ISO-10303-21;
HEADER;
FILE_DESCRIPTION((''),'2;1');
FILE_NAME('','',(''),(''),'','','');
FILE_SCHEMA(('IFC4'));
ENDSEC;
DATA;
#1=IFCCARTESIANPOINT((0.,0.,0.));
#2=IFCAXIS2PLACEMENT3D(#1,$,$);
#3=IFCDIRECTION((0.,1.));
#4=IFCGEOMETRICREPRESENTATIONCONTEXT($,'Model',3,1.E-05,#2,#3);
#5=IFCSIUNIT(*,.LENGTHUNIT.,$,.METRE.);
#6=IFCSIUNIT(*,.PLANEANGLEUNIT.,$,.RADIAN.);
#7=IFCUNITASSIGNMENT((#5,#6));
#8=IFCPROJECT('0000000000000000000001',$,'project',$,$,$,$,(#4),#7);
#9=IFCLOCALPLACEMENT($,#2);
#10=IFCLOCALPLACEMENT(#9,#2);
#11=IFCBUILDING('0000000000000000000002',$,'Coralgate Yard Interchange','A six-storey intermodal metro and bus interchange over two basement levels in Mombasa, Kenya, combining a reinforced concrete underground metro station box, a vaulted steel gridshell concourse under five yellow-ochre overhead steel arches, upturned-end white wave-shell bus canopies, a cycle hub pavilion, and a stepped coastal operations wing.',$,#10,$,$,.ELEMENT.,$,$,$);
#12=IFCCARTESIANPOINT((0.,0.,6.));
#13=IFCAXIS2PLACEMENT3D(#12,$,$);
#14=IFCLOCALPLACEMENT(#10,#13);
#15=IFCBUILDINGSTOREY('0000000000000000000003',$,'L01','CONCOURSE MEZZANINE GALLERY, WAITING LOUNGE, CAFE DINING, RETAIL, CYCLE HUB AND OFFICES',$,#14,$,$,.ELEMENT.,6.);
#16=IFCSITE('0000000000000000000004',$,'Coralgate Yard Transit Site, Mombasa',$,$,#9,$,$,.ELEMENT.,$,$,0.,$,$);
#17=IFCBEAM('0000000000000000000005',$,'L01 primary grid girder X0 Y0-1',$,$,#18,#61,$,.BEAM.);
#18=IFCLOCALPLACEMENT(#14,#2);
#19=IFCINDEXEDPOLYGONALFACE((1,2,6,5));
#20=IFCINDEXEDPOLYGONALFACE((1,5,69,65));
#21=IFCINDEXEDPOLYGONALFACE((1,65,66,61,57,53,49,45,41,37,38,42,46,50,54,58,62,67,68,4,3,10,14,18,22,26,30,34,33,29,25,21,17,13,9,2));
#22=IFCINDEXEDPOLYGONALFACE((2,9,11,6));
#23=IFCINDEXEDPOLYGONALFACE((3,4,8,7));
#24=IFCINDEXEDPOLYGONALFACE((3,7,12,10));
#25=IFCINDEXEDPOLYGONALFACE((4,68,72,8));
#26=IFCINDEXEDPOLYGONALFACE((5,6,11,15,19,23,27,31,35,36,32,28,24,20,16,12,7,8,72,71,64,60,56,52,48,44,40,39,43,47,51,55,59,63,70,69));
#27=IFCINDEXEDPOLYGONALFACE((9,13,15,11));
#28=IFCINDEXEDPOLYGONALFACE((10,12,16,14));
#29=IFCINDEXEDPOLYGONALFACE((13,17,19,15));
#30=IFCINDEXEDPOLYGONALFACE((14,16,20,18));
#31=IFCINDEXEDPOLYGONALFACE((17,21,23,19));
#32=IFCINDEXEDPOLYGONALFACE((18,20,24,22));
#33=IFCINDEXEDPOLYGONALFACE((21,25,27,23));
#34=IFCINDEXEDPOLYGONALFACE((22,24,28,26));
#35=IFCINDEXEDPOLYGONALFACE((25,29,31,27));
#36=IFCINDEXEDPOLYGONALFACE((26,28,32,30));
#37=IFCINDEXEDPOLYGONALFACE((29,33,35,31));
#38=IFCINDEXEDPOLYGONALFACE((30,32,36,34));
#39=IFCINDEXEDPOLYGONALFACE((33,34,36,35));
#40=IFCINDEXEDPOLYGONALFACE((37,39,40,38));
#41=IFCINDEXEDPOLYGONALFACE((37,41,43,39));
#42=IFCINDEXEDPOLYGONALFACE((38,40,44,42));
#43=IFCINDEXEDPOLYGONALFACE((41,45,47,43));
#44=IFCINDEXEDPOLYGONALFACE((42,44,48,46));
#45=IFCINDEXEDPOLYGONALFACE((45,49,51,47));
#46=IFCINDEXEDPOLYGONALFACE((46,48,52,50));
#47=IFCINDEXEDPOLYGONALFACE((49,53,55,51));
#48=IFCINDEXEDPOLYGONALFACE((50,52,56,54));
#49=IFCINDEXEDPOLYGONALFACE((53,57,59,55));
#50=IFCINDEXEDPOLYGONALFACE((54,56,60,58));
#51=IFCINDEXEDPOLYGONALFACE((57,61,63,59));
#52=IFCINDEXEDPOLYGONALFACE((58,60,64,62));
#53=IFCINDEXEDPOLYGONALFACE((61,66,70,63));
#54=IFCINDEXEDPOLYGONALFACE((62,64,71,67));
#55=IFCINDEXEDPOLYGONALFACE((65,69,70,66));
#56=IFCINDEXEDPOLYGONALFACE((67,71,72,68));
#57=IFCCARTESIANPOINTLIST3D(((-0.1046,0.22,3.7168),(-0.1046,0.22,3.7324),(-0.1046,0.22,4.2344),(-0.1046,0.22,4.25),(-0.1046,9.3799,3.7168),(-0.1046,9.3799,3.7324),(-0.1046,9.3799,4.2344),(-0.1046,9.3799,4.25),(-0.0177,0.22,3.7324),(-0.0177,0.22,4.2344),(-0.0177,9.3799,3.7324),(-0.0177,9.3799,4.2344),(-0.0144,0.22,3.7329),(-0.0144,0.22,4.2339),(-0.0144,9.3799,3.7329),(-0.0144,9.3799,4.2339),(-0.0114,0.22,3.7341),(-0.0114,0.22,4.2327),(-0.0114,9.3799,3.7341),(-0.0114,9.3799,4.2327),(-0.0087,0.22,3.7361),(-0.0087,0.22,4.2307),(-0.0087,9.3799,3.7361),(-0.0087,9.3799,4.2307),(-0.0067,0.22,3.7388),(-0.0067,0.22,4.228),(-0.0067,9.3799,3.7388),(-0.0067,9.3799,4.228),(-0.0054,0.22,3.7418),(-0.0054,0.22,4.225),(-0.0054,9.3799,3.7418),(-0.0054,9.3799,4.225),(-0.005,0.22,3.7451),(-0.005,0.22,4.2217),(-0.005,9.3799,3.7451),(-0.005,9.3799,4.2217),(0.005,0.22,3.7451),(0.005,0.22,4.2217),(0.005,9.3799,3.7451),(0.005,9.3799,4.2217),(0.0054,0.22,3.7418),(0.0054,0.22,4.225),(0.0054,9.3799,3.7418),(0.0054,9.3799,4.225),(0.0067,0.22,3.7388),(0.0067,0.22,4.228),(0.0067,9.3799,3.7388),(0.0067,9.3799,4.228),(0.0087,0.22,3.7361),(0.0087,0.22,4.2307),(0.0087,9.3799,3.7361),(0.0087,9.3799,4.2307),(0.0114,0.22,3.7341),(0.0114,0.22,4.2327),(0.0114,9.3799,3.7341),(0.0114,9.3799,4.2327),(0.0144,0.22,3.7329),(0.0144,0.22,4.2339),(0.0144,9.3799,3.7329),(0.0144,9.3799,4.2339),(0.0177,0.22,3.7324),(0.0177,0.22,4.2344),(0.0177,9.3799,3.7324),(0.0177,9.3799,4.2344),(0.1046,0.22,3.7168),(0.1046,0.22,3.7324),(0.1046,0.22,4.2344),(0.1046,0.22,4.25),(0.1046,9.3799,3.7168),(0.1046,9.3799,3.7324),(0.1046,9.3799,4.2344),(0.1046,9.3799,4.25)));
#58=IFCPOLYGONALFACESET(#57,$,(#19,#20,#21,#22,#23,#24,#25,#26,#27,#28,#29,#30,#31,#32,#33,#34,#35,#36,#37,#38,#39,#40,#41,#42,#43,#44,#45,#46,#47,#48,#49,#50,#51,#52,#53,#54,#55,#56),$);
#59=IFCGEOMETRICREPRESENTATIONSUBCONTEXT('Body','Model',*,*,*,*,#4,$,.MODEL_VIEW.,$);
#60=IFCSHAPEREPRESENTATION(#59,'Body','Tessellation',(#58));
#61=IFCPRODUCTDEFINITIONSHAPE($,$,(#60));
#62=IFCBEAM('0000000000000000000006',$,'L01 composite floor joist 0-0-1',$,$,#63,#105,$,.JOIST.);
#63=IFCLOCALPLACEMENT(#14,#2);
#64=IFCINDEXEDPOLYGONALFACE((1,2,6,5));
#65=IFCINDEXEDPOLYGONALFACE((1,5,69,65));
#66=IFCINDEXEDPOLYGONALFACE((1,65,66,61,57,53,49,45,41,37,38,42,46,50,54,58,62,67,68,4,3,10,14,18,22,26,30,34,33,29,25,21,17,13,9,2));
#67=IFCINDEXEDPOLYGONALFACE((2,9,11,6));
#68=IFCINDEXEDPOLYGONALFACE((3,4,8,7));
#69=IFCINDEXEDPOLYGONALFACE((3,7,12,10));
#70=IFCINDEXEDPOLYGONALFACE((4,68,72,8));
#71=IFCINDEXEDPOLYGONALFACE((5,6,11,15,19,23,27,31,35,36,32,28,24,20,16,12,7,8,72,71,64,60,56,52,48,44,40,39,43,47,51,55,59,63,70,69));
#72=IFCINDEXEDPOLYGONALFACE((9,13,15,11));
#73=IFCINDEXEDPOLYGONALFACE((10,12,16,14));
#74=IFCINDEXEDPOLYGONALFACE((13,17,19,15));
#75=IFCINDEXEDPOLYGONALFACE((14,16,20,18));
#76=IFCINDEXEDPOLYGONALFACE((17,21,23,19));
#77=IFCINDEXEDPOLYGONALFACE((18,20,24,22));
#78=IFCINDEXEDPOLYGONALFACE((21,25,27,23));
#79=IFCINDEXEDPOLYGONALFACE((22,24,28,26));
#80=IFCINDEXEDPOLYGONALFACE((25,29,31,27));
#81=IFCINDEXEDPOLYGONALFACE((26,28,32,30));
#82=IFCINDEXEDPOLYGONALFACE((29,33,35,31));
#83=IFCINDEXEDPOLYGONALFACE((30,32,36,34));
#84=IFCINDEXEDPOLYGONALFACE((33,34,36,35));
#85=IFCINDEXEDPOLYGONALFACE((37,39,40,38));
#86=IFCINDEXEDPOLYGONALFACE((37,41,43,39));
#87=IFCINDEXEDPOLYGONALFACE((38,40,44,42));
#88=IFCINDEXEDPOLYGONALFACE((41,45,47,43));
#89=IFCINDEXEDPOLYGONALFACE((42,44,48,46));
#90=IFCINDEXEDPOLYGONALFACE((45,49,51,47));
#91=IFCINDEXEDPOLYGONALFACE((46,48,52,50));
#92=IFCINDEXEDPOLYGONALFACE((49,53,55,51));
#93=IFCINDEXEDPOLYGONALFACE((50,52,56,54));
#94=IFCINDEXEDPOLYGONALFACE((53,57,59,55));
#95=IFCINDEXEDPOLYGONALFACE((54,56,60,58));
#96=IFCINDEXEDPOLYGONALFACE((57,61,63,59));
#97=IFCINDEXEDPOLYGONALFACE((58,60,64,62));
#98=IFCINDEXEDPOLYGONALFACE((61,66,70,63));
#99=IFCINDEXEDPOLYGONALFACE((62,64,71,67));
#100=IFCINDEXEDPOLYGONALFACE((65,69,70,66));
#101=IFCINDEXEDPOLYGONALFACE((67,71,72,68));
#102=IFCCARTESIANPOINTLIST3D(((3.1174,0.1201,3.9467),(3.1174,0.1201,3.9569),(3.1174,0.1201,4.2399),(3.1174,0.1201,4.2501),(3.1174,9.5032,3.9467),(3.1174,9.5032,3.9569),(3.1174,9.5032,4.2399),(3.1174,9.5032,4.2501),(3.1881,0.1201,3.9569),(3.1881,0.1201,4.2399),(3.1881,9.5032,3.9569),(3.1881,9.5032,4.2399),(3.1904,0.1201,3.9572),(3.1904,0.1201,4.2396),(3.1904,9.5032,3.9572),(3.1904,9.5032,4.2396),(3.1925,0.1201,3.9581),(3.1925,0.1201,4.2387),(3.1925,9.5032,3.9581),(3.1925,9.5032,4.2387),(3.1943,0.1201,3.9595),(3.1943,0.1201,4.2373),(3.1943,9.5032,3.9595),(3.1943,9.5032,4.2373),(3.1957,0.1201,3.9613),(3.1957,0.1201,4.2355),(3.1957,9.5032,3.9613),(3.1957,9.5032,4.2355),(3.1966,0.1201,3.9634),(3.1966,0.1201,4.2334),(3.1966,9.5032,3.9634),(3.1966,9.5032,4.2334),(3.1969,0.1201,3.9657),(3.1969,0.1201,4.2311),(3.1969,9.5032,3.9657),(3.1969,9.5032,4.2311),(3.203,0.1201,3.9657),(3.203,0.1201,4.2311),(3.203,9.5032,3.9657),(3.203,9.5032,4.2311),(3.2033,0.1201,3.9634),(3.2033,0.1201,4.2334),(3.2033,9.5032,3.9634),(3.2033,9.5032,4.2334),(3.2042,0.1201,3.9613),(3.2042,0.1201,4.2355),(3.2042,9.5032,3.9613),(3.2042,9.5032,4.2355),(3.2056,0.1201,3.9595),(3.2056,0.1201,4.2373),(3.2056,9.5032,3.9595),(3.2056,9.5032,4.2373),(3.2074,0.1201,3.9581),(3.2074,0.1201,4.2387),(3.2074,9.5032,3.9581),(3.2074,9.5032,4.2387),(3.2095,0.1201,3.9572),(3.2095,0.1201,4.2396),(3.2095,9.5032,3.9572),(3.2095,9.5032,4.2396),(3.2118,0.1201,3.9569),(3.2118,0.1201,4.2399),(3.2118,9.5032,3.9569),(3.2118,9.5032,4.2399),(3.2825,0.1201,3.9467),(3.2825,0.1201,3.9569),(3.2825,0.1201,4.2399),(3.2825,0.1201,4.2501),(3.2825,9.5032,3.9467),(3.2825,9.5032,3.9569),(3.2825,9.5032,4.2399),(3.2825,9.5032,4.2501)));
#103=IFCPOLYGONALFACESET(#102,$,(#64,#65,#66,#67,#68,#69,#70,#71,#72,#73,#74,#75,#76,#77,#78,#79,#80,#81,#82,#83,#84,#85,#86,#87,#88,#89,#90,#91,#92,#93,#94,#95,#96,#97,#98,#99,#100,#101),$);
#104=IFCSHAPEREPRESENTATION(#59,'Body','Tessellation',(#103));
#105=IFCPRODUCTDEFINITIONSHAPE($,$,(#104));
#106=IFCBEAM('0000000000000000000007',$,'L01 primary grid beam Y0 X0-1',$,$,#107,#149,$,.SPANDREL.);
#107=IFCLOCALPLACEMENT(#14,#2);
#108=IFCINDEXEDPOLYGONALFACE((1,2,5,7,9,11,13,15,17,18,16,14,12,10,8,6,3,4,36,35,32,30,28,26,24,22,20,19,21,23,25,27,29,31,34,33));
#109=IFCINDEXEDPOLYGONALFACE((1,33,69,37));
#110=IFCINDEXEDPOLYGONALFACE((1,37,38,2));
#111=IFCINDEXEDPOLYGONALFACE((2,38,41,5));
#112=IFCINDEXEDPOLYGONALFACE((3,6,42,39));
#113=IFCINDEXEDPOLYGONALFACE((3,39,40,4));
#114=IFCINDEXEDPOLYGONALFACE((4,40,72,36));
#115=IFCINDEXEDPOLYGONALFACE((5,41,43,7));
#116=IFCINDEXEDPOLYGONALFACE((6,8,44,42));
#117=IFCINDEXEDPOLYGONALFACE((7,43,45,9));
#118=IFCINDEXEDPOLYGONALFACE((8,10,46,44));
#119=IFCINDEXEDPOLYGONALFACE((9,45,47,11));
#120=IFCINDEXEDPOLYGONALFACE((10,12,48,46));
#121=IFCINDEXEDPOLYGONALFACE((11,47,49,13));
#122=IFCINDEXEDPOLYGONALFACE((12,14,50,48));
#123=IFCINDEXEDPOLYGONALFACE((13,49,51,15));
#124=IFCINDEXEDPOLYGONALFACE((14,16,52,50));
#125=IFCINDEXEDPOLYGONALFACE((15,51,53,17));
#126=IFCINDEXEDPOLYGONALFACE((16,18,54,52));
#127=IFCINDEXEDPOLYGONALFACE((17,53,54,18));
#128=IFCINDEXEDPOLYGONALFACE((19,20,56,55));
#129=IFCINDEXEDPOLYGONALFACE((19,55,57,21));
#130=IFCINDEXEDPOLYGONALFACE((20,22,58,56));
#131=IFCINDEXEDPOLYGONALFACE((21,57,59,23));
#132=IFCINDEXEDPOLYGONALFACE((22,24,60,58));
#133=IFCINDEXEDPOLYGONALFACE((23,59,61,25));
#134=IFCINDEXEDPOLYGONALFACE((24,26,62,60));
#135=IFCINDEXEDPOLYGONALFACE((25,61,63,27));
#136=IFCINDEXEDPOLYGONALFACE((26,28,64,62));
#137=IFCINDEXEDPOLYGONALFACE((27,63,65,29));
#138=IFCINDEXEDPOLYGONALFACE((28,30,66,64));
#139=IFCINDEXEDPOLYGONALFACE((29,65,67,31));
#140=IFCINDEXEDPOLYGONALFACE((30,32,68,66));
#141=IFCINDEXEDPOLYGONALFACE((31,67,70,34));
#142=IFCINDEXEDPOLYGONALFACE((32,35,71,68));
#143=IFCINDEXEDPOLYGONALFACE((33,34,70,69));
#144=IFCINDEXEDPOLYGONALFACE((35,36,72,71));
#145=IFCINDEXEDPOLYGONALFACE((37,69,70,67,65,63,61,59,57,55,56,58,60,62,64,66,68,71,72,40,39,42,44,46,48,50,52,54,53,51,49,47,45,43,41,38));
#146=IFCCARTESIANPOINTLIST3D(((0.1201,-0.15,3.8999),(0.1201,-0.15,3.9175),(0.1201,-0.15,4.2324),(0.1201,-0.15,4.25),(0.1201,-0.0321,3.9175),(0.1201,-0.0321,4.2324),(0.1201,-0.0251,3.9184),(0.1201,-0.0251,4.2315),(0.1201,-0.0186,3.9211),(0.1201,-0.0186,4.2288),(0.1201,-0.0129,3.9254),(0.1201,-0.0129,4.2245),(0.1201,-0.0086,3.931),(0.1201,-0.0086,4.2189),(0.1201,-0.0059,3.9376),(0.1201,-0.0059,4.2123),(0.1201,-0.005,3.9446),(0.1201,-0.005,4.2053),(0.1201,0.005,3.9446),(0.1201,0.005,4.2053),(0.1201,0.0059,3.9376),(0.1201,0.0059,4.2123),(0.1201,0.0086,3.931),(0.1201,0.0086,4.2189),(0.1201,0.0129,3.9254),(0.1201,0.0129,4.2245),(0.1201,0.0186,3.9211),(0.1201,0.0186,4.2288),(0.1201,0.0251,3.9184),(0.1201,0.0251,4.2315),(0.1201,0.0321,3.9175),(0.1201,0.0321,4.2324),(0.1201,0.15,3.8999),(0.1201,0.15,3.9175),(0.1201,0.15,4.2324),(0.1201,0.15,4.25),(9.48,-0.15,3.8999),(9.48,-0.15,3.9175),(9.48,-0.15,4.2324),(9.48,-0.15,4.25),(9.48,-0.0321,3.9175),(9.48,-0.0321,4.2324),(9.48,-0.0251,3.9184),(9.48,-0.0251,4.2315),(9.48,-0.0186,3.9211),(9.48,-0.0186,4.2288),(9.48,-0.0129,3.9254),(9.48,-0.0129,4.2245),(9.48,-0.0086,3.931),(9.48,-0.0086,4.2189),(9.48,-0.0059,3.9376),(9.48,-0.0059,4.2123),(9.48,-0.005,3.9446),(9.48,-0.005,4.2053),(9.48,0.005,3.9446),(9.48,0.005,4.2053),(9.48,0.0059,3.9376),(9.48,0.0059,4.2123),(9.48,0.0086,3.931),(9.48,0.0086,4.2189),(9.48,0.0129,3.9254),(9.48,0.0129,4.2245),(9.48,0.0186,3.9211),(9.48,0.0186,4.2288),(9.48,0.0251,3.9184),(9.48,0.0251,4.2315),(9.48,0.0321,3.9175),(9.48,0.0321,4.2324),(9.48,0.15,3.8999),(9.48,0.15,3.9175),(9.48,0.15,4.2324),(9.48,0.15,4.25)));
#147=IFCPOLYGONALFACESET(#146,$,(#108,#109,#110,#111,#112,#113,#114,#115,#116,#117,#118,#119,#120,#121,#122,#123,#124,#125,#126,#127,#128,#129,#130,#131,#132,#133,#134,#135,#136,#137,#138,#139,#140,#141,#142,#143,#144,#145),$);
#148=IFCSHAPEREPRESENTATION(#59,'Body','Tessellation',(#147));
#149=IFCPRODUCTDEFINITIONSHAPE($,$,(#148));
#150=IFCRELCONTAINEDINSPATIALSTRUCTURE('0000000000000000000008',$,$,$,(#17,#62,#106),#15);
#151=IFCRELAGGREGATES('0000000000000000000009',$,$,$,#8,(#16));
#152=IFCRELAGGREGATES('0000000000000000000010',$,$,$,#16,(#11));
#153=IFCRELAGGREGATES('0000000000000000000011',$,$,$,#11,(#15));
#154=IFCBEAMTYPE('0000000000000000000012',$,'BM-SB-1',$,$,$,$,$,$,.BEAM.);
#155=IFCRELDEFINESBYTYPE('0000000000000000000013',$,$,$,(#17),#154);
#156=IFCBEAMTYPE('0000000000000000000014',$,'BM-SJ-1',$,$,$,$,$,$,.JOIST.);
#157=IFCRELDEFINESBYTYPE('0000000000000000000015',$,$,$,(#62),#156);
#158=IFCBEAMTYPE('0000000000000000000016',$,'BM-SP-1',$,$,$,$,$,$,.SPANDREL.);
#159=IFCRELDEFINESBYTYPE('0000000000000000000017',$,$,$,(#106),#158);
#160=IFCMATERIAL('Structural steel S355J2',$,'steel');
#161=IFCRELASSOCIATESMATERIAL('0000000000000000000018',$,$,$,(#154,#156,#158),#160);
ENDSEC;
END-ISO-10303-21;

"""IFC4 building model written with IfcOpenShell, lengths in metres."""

from ifc_helpers import new_model, si_unit, direction, frame, origin, origin_2d, place, context, subcontext, project, spatial, i_section, extrude, material, material_profile, profile_set, type_object, element, save


model = new_model("IFC4")

# Units and contexts
model_context = context("Model", 3, precision=1e-05, world=origin(), true_north=direction((0.0, 1.0)))
body_context = subcontext(model_context, "Body", "Model", "MODEL_VIEW")
ifc_project = project(units=[si_unit("LENGTHUNIT", "METRE"), si_unit("PLANEANGLEUNIT", "RADIAN")], contexts=[model_context])

# Site, building, storey
site_placement = place(None, origin())
site = spatial("IfcSite", under=ifc_project, at=site_placement, Name="Coralgate Yard Transit Site, Mombasa", CompositionType="ELEMENT", RefElevation=0.0)
building_placement = place(site_placement, origin())
building = spatial("IfcBuilding", under=site, at=building_placement, Name="Coralgate Yard Interchange", Description="A six-storey intermodal metro and bus interchange over two basement levels in Mombasa, Kenya, combining a reinforced concrete underground metro station box, a vaulted steel gridshell concourse under five yellow-ochre overhead steel arches, upturned-end white wave-shell bus canopies, a cycle hub pavilion, and a stepped coastal operations wing.", CompositionType="ELEMENT")
storey_placement = place(building_placement, frame((0.0, 0.0, 6.0)))
storey = spatial("IfcBuildingStorey", under=building, at=storey_placement, Name="L01", Description="CONCOURSE MEZZANINE GALLERY, WAITING LOUNGE, CAFE DINING, RETAIL, CYCLE HUB AND OFFICES", CompositionType="ELEMENT", Elevation=6.0)

# Beams
ifc_material_1 = material(Name="Structural steel S355J2", Category="steel")
ifc_material_profile_1 = material_profile(ifc_material_1, i_section(OverallWidth=0.2092, OverallDepth=0.5332, WebThickness=0.01, FlangeThickness=0.0156, FilletRadius=0.0127, at=origin_2d()), Name="UB 533x210x92")
ifc_profile_set_1 = profile_set([ifc_material_profile_1], Name="Structural steel S355J2")
beam_type_1 = type_object("IfcBeamType", Name="BM-SB-1", PredefinedType="BEAM", material=ifc_profile_set_1)
beam_1_placement = place(storey_placement, frame((0.0, 0.22, 3.9834), z_axis=(0.0, 1.0, 0.0), x_axis=(-1.0, 0.0, 0.0)))
element("IfcBeam", 1, at=beam_1_placement, inside=storey, type_object=beam_type_1, Name="L01 primary grid girder X0 Y0-1", PredefinedType="BEAM", context=body_context, shape_type="SweptSolid", body=[
    extrude(i_section(OverallWidth=0.2092, OverallDepth=0.5332, WebThickness=0.01, FlangeThickness=0.0156, FilletRadius=0.0127, at=origin_2d()), origin(), (0.0, 0.0, 1.0), 9.1599),
])
ifc_material_profile_2 = material_profile(ifc_material_1, i_section(OverallWidth=0.165, OverallDepth=0.3035, WebThickness=0.0061, FlangeThickness=0.0103, FilletRadius=0.0088, at=origin_2d()), Name="UB 305x165x40")
ifc_profile_set_2 = profile_set([ifc_material_profile_2], Name="Structural steel S355J2")
beam_type_2 = type_object("IfcBeamType", Name="BM-SJ-1", PredefinedType="JOIST", material=ifc_profile_set_2)
beam_2_placement = place(storey_placement, frame((3.2, 0.1201, 4.0984), z_axis=(0.0, 1.0, 0.0), x_axis=(-1.0, 0.0, 0.0)))
element("IfcBeam", 2, at=beam_2_placement, inside=storey, type_object=beam_type_2, Name="L01 composite floor joist 0-0-1", PredefinedType="JOIST", context=body_context, shape_type="SweptSolid", body=[
    extrude(i_section(OverallWidth=0.165, OverallDepth=0.3035, WebThickness=0.0061, FlangeThickness=0.0103, FilletRadius=0.0088, at=origin_2d()), origin(), (0.0, 0.0, 1.0), 9.3831),
])
ifc_material_profile_3 = material_profile(ifc_material_1, i_section(OverallWidth=0.3, OverallDepth=0.3501, WebThickness=0.01, FlangeThickness=0.0176, FilletRadius=0.0271, at=origin_2d()), Name="HEA 360")
ifc_profile_set_3 = profile_set([ifc_material_profile_3], Name="Structural steel S355J2")
beam_type_3 = type_object("IfcBeamType", Name="BM-SP-1", PredefinedType="SPANDREL", material=ifc_profile_set_3)
beam_3_placement = place(storey_placement, frame((0.1201, 0.0, 4.075), z_axis=(1.0, 0.0, 0.0), x_axis=(0.0, 1.0, 0.0)))
element("IfcBeam", 3, at=beam_3_placement, inside=storey, type_object=beam_type_3, Name="L01 primary grid beam Y0 X0-1", PredefinedType="SPANDREL", context=body_context, shape_type="SweptSolid", body=[
    extrude(i_section(OverallWidth=0.3, OverallDepth=0.3501, WebThickness=0.01, FlangeThickness=0.0176, FilletRadius=0.0271, at=origin_2d()), origin(), (0.0, 0.0, 1.0), 9.3599),
])

save(model, "model.ifc")
